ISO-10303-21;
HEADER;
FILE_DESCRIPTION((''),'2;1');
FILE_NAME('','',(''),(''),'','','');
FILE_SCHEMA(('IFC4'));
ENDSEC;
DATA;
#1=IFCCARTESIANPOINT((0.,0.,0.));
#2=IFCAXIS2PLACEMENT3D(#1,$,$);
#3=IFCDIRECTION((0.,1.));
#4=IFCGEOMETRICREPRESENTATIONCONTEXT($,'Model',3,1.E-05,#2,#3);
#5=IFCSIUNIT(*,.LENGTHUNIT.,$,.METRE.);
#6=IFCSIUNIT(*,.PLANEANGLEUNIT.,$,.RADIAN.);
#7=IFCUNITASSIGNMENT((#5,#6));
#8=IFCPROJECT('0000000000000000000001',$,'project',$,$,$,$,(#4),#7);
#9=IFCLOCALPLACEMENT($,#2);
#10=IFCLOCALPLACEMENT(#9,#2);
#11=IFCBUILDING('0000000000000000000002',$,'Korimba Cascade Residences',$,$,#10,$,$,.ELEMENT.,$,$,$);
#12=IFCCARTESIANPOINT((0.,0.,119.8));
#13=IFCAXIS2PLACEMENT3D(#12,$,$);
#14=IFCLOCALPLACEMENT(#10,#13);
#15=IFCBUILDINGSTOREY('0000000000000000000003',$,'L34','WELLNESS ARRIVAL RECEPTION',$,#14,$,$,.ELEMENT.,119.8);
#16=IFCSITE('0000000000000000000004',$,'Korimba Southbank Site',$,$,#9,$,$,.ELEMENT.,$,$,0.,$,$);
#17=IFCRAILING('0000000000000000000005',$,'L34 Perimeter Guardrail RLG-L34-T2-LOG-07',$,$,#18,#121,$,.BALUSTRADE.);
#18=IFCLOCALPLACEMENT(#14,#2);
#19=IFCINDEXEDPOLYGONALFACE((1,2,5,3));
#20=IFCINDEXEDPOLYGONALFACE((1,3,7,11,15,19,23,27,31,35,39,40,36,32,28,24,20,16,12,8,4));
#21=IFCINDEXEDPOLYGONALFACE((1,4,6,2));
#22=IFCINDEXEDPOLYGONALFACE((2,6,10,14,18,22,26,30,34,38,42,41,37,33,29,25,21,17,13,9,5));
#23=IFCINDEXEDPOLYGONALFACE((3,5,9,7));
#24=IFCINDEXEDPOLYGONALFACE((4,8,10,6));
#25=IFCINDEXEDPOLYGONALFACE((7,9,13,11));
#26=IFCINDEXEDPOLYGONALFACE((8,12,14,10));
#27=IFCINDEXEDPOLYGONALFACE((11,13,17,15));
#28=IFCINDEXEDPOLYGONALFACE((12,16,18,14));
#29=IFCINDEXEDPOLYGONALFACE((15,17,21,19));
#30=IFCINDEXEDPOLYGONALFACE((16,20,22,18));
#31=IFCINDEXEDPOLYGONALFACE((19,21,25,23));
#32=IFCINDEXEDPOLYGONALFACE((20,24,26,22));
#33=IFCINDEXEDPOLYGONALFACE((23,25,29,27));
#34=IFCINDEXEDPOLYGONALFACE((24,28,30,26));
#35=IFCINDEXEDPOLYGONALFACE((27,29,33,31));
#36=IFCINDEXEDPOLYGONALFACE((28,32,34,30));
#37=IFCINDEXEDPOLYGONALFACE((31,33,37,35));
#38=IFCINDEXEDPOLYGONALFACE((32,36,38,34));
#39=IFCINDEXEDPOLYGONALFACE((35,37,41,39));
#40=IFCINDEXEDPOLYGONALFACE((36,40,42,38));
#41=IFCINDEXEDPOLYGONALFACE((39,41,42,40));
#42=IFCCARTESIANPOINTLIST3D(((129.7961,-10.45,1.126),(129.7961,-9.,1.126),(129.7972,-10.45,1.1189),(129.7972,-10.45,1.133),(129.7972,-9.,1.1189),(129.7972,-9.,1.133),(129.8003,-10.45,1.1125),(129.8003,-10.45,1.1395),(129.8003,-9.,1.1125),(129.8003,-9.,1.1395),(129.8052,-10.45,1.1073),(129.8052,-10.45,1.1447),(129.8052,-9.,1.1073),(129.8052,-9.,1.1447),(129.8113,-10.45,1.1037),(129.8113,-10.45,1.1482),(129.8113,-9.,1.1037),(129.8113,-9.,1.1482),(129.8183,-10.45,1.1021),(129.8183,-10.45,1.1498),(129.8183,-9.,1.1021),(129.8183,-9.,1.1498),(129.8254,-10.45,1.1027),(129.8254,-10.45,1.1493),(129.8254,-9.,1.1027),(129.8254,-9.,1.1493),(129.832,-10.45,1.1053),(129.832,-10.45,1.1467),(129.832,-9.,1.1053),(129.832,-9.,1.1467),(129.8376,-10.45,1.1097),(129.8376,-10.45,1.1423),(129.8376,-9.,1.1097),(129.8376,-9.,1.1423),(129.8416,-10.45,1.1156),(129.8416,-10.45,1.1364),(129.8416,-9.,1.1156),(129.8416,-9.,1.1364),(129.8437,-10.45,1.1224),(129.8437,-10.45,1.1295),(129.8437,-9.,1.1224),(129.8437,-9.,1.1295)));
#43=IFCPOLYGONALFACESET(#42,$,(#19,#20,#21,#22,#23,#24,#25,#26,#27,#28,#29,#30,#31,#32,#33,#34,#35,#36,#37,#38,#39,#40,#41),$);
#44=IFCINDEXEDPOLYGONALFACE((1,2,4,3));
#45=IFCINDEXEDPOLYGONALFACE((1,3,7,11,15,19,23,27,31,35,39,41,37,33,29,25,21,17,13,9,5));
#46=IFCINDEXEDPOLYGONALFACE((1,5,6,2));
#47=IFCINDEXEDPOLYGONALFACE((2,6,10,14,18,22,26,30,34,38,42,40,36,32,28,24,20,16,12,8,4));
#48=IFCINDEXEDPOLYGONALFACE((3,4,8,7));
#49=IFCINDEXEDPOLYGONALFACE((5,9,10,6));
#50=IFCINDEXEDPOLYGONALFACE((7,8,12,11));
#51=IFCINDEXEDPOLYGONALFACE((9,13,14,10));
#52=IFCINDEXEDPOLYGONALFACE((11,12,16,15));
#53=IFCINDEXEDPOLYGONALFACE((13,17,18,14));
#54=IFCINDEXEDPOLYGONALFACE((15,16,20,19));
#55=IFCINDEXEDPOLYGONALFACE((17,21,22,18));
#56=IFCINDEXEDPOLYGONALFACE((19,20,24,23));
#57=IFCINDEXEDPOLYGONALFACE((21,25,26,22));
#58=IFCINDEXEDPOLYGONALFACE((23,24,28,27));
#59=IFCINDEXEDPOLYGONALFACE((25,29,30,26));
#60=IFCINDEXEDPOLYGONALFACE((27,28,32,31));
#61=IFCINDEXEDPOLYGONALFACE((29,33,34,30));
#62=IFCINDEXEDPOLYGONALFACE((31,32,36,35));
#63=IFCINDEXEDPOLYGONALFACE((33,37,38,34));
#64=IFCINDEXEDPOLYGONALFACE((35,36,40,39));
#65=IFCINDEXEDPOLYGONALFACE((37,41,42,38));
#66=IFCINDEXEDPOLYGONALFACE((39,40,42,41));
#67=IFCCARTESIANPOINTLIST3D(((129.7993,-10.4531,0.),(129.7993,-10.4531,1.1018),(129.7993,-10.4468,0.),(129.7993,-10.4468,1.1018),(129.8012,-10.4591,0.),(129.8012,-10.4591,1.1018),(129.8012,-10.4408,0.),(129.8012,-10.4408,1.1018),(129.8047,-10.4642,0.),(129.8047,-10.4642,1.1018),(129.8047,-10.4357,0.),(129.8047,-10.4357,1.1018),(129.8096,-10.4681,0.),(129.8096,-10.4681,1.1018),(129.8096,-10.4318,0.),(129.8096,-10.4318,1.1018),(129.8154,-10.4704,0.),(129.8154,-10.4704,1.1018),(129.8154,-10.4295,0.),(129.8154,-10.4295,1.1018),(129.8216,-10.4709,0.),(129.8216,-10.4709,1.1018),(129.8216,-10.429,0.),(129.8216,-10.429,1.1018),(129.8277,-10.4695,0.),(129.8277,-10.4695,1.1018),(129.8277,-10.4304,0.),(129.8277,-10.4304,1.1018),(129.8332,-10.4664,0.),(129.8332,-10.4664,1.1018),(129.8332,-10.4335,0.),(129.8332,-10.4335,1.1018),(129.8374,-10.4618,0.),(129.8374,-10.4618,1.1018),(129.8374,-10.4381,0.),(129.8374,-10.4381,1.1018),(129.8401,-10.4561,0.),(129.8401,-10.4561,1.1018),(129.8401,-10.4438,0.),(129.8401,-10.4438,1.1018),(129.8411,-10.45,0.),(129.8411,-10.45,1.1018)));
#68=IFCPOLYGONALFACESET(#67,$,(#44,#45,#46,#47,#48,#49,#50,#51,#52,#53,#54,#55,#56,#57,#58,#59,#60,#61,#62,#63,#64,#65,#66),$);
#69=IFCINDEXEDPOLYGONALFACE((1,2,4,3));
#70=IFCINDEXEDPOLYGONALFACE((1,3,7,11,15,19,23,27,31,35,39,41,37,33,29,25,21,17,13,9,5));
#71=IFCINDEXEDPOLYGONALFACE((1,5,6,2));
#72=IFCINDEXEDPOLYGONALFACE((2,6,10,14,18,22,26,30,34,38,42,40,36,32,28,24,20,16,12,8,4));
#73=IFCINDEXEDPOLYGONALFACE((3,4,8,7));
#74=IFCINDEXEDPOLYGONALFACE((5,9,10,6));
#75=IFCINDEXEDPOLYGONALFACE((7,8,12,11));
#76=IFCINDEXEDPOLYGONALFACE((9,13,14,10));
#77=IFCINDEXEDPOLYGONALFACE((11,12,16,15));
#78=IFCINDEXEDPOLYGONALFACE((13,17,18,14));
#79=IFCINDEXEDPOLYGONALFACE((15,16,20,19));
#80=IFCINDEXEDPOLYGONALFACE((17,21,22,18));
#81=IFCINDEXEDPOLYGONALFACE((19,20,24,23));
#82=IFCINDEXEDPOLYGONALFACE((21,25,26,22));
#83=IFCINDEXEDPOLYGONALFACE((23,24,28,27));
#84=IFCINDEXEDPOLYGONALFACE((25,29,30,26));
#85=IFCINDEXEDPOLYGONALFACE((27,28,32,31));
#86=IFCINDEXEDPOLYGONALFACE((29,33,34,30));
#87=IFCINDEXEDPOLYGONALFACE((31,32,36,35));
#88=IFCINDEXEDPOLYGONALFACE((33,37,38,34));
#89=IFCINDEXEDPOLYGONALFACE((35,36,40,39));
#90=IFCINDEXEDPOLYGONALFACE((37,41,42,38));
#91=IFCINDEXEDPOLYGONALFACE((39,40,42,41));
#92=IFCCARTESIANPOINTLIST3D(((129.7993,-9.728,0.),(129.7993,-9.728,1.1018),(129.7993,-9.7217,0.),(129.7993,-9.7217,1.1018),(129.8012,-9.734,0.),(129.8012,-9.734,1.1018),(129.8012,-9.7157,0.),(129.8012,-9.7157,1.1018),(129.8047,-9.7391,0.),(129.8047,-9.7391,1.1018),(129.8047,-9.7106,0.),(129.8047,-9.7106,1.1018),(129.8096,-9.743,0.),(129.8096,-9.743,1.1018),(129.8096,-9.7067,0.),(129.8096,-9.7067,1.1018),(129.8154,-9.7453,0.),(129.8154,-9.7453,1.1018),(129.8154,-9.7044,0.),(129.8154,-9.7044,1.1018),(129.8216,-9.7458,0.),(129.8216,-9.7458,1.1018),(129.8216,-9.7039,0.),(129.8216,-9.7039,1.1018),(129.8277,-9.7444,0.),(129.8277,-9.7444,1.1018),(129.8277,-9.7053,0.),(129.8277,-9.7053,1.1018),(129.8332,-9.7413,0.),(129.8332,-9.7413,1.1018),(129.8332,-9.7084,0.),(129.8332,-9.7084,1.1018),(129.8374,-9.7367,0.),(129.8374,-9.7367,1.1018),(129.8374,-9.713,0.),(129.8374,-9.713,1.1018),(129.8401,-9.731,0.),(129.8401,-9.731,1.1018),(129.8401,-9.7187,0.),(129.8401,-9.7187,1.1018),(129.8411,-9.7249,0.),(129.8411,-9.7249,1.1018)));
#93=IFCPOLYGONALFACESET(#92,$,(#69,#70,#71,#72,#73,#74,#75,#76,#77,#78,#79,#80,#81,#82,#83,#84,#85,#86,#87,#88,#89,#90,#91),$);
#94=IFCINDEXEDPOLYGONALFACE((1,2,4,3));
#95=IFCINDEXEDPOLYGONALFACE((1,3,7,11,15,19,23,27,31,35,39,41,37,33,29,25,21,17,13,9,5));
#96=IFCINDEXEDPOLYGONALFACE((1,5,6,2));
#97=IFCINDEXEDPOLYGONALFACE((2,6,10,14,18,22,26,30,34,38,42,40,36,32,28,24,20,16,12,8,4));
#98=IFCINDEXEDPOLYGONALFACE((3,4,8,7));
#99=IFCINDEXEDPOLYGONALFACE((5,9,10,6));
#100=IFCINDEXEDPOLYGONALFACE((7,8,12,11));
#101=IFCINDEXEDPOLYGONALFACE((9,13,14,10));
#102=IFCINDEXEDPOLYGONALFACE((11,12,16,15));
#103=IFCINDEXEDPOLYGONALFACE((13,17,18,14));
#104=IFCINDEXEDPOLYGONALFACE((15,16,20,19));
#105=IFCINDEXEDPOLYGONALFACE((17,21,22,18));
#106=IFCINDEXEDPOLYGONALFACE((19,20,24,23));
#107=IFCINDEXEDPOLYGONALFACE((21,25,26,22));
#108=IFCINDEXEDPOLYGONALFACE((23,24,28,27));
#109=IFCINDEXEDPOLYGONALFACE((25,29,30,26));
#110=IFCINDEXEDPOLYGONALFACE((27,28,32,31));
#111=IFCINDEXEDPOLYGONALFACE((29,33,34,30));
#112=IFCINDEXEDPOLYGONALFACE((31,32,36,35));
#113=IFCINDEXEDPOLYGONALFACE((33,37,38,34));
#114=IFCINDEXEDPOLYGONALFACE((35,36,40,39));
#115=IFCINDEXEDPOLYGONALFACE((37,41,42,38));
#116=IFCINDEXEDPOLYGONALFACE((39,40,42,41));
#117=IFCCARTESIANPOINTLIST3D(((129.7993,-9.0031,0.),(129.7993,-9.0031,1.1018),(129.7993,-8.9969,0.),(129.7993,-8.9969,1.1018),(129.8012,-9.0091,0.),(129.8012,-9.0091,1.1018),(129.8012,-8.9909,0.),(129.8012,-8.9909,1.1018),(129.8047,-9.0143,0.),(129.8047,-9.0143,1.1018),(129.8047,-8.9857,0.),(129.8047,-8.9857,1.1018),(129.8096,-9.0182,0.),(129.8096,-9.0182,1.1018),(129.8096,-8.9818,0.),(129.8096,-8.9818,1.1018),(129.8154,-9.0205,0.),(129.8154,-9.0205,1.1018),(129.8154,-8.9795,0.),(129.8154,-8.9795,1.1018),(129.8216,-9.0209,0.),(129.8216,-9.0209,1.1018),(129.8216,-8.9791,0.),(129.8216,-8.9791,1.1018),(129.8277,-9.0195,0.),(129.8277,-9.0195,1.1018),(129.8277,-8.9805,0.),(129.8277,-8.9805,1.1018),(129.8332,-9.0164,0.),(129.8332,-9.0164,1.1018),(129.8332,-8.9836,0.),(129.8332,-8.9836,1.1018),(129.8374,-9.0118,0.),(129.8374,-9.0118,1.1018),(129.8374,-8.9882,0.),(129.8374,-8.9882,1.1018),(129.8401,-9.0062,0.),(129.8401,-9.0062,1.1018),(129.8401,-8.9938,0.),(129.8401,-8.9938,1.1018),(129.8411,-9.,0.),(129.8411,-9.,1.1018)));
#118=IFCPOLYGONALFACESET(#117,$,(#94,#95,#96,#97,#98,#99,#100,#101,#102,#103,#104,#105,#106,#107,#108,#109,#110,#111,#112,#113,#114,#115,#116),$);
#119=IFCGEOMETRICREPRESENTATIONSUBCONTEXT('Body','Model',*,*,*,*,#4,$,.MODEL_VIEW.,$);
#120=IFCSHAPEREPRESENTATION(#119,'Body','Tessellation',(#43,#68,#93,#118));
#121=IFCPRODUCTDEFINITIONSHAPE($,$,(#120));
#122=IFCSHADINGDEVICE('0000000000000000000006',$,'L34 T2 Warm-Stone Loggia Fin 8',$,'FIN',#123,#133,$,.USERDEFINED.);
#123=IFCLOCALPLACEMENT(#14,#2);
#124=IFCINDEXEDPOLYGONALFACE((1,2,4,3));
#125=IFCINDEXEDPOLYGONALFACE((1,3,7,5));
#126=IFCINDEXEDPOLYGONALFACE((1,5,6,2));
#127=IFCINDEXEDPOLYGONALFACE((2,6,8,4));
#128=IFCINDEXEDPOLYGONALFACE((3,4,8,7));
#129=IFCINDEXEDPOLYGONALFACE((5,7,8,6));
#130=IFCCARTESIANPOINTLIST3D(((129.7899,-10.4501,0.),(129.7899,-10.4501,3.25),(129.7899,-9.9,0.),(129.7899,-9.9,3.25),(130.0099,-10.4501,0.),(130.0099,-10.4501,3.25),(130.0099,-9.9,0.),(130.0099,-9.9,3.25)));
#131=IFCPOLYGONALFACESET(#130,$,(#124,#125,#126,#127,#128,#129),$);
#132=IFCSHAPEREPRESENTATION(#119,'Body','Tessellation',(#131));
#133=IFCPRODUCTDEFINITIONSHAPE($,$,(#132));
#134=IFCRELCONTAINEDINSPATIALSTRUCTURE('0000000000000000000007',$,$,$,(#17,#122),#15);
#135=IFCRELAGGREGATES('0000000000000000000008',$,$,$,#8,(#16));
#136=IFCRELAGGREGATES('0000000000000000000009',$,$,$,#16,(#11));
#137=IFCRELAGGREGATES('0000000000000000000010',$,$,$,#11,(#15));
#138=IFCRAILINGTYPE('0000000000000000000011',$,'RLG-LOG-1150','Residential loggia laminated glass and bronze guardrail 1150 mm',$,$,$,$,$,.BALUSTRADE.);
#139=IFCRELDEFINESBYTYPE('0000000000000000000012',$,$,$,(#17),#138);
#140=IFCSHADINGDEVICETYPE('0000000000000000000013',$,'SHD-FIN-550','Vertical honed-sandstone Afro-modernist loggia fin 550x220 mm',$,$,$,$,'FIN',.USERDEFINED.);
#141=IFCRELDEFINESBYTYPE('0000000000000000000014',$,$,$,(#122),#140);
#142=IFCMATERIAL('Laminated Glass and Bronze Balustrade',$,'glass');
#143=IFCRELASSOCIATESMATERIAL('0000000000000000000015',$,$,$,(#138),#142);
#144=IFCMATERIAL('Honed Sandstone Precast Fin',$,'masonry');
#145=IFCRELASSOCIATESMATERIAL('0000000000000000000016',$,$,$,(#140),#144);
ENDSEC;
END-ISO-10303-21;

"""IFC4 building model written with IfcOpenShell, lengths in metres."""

from ifc_helpers import new_model, si_unit, direction, frame, origin, origin_2d, place, context, subcontext, project, spatial, rectangle, circle, extrude, material, type_object, element, save


model = new_model("IFC4")

# Units and contexts
model_context = context("Model", 3, precision=1e-05, world=origin(), true_north=direction((0.0, 1.0)))
body_context = subcontext(model_context, "Body", "Model", "MODEL_VIEW")
ifc_project = project(units=[si_unit("LENGTHUNIT", "METRE"), si_unit("PLANEANGLEUNIT", "RADIAN")], contexts=[model_context])

# Site, building, storey
site_placement = place(None, origin())
site = spatial("IfcSite", under=ifc_project, at=site_placement, Name="Korimba Southbank Site", CompositionType="ELEMENT", RefElevation=0.0)
building_placement = place(site_placement, origin())
building = spatial("IfcBuilding", under=site, at=building_placement, Name="Korimba Cascade Residences", CompositionType="ELEMENT")
storey_placement = place(building_placement, frame((0.0, 0.0, 119.8)))
storey = spatial("IfcBuildingStorey", under=building, at=storey_placement, Name="L34", Description="WELLNESS ARRIVAL RECEPTION", CompositionType="ELEMENT", Elevation=119.8)

# Railing
ifc_material_1 = material(Name="Laminated Glass and Bronze Balustrade", Category="glass")
railing_type = type_object("IfcRailingType", Name="RLG-LOG-1150", Description="Residential loggia laminated glass and bronze guardrail 1150 mm", PredefinedType="BALUSTRADE", material=ifc_material_1)
railing_placement = place(storey_placement, frame((129.8201, -10.45, 0.0)))
element("IfcRailing", 1, at=railing_placement, inside=storey, type_object=railing_type, Name="L34 Perimeter Guardrail RLG-L34-T2-LOG-07", PredefinedType="BALUSTRADE", context=body_context, shape_type="SweptSolid", body=[
    extrude(circle(Radius=0.0239, at=origin_2d()), frame((0.0, 0.0, 1.126), z_axis=(0.0, 1.0, 0.0), x_axis=(-1.0, 0.0, 0.0)), (0.0, 0.0, 1.0), 1.45),
    extrude(circle(Radius=0.021, at=origin_2d()), origin(), (0.0, 0.0, 1.0), 1.1018),
    extrude(circle(Radius=0.021, at=origin_2d()), frame((0.0, 0.7251, 0.0)), (0.0, 0.0, 1.0), 1.1018),
    extrude(circle(Radius=0.021, at=origin_2d()), frame((0.0, 1.45, 0.0)), (0.0, 0.0, 1.0), 1.1018),
])

# Shading device
ifc_material_2 = material(Name="Honed Sandstone Precast Fin", Category="masonry")
shading_device_type = type_object("IfcShadingDeviceType", Name="SHD-FIN-550", Description="Vertical honed-sandstone Afro-modernist loggia fin 550x220 mm", ElementType="FIN", PredefinedType="USERDEFINED", material=ifc_material_2)
shading_device_placement = place(storey_placement, frame((129.8999, -10.175, 0.0), z_axis=(0.0, 0.0, 1.0), x_axis=(1.0, 0.0, 0.0)))
element("IfcShadingDevice", 2, at=shading_device_placement, inside=storey, type_object=shading_device_type, Name="L34 T2 Warm-Stone Loggia Fin 8", ObjectType="FIN", PredefinedType="USERDEFINED", context=body_context, shape_type="SweptSolid", body=[
    extrude(rectangle(XDim=0.22, YDim=0.55, at=origin_2d()), origin(), (0.0, 0.0, 1.0), 3.25),
])

save(model, "model.ifc")
